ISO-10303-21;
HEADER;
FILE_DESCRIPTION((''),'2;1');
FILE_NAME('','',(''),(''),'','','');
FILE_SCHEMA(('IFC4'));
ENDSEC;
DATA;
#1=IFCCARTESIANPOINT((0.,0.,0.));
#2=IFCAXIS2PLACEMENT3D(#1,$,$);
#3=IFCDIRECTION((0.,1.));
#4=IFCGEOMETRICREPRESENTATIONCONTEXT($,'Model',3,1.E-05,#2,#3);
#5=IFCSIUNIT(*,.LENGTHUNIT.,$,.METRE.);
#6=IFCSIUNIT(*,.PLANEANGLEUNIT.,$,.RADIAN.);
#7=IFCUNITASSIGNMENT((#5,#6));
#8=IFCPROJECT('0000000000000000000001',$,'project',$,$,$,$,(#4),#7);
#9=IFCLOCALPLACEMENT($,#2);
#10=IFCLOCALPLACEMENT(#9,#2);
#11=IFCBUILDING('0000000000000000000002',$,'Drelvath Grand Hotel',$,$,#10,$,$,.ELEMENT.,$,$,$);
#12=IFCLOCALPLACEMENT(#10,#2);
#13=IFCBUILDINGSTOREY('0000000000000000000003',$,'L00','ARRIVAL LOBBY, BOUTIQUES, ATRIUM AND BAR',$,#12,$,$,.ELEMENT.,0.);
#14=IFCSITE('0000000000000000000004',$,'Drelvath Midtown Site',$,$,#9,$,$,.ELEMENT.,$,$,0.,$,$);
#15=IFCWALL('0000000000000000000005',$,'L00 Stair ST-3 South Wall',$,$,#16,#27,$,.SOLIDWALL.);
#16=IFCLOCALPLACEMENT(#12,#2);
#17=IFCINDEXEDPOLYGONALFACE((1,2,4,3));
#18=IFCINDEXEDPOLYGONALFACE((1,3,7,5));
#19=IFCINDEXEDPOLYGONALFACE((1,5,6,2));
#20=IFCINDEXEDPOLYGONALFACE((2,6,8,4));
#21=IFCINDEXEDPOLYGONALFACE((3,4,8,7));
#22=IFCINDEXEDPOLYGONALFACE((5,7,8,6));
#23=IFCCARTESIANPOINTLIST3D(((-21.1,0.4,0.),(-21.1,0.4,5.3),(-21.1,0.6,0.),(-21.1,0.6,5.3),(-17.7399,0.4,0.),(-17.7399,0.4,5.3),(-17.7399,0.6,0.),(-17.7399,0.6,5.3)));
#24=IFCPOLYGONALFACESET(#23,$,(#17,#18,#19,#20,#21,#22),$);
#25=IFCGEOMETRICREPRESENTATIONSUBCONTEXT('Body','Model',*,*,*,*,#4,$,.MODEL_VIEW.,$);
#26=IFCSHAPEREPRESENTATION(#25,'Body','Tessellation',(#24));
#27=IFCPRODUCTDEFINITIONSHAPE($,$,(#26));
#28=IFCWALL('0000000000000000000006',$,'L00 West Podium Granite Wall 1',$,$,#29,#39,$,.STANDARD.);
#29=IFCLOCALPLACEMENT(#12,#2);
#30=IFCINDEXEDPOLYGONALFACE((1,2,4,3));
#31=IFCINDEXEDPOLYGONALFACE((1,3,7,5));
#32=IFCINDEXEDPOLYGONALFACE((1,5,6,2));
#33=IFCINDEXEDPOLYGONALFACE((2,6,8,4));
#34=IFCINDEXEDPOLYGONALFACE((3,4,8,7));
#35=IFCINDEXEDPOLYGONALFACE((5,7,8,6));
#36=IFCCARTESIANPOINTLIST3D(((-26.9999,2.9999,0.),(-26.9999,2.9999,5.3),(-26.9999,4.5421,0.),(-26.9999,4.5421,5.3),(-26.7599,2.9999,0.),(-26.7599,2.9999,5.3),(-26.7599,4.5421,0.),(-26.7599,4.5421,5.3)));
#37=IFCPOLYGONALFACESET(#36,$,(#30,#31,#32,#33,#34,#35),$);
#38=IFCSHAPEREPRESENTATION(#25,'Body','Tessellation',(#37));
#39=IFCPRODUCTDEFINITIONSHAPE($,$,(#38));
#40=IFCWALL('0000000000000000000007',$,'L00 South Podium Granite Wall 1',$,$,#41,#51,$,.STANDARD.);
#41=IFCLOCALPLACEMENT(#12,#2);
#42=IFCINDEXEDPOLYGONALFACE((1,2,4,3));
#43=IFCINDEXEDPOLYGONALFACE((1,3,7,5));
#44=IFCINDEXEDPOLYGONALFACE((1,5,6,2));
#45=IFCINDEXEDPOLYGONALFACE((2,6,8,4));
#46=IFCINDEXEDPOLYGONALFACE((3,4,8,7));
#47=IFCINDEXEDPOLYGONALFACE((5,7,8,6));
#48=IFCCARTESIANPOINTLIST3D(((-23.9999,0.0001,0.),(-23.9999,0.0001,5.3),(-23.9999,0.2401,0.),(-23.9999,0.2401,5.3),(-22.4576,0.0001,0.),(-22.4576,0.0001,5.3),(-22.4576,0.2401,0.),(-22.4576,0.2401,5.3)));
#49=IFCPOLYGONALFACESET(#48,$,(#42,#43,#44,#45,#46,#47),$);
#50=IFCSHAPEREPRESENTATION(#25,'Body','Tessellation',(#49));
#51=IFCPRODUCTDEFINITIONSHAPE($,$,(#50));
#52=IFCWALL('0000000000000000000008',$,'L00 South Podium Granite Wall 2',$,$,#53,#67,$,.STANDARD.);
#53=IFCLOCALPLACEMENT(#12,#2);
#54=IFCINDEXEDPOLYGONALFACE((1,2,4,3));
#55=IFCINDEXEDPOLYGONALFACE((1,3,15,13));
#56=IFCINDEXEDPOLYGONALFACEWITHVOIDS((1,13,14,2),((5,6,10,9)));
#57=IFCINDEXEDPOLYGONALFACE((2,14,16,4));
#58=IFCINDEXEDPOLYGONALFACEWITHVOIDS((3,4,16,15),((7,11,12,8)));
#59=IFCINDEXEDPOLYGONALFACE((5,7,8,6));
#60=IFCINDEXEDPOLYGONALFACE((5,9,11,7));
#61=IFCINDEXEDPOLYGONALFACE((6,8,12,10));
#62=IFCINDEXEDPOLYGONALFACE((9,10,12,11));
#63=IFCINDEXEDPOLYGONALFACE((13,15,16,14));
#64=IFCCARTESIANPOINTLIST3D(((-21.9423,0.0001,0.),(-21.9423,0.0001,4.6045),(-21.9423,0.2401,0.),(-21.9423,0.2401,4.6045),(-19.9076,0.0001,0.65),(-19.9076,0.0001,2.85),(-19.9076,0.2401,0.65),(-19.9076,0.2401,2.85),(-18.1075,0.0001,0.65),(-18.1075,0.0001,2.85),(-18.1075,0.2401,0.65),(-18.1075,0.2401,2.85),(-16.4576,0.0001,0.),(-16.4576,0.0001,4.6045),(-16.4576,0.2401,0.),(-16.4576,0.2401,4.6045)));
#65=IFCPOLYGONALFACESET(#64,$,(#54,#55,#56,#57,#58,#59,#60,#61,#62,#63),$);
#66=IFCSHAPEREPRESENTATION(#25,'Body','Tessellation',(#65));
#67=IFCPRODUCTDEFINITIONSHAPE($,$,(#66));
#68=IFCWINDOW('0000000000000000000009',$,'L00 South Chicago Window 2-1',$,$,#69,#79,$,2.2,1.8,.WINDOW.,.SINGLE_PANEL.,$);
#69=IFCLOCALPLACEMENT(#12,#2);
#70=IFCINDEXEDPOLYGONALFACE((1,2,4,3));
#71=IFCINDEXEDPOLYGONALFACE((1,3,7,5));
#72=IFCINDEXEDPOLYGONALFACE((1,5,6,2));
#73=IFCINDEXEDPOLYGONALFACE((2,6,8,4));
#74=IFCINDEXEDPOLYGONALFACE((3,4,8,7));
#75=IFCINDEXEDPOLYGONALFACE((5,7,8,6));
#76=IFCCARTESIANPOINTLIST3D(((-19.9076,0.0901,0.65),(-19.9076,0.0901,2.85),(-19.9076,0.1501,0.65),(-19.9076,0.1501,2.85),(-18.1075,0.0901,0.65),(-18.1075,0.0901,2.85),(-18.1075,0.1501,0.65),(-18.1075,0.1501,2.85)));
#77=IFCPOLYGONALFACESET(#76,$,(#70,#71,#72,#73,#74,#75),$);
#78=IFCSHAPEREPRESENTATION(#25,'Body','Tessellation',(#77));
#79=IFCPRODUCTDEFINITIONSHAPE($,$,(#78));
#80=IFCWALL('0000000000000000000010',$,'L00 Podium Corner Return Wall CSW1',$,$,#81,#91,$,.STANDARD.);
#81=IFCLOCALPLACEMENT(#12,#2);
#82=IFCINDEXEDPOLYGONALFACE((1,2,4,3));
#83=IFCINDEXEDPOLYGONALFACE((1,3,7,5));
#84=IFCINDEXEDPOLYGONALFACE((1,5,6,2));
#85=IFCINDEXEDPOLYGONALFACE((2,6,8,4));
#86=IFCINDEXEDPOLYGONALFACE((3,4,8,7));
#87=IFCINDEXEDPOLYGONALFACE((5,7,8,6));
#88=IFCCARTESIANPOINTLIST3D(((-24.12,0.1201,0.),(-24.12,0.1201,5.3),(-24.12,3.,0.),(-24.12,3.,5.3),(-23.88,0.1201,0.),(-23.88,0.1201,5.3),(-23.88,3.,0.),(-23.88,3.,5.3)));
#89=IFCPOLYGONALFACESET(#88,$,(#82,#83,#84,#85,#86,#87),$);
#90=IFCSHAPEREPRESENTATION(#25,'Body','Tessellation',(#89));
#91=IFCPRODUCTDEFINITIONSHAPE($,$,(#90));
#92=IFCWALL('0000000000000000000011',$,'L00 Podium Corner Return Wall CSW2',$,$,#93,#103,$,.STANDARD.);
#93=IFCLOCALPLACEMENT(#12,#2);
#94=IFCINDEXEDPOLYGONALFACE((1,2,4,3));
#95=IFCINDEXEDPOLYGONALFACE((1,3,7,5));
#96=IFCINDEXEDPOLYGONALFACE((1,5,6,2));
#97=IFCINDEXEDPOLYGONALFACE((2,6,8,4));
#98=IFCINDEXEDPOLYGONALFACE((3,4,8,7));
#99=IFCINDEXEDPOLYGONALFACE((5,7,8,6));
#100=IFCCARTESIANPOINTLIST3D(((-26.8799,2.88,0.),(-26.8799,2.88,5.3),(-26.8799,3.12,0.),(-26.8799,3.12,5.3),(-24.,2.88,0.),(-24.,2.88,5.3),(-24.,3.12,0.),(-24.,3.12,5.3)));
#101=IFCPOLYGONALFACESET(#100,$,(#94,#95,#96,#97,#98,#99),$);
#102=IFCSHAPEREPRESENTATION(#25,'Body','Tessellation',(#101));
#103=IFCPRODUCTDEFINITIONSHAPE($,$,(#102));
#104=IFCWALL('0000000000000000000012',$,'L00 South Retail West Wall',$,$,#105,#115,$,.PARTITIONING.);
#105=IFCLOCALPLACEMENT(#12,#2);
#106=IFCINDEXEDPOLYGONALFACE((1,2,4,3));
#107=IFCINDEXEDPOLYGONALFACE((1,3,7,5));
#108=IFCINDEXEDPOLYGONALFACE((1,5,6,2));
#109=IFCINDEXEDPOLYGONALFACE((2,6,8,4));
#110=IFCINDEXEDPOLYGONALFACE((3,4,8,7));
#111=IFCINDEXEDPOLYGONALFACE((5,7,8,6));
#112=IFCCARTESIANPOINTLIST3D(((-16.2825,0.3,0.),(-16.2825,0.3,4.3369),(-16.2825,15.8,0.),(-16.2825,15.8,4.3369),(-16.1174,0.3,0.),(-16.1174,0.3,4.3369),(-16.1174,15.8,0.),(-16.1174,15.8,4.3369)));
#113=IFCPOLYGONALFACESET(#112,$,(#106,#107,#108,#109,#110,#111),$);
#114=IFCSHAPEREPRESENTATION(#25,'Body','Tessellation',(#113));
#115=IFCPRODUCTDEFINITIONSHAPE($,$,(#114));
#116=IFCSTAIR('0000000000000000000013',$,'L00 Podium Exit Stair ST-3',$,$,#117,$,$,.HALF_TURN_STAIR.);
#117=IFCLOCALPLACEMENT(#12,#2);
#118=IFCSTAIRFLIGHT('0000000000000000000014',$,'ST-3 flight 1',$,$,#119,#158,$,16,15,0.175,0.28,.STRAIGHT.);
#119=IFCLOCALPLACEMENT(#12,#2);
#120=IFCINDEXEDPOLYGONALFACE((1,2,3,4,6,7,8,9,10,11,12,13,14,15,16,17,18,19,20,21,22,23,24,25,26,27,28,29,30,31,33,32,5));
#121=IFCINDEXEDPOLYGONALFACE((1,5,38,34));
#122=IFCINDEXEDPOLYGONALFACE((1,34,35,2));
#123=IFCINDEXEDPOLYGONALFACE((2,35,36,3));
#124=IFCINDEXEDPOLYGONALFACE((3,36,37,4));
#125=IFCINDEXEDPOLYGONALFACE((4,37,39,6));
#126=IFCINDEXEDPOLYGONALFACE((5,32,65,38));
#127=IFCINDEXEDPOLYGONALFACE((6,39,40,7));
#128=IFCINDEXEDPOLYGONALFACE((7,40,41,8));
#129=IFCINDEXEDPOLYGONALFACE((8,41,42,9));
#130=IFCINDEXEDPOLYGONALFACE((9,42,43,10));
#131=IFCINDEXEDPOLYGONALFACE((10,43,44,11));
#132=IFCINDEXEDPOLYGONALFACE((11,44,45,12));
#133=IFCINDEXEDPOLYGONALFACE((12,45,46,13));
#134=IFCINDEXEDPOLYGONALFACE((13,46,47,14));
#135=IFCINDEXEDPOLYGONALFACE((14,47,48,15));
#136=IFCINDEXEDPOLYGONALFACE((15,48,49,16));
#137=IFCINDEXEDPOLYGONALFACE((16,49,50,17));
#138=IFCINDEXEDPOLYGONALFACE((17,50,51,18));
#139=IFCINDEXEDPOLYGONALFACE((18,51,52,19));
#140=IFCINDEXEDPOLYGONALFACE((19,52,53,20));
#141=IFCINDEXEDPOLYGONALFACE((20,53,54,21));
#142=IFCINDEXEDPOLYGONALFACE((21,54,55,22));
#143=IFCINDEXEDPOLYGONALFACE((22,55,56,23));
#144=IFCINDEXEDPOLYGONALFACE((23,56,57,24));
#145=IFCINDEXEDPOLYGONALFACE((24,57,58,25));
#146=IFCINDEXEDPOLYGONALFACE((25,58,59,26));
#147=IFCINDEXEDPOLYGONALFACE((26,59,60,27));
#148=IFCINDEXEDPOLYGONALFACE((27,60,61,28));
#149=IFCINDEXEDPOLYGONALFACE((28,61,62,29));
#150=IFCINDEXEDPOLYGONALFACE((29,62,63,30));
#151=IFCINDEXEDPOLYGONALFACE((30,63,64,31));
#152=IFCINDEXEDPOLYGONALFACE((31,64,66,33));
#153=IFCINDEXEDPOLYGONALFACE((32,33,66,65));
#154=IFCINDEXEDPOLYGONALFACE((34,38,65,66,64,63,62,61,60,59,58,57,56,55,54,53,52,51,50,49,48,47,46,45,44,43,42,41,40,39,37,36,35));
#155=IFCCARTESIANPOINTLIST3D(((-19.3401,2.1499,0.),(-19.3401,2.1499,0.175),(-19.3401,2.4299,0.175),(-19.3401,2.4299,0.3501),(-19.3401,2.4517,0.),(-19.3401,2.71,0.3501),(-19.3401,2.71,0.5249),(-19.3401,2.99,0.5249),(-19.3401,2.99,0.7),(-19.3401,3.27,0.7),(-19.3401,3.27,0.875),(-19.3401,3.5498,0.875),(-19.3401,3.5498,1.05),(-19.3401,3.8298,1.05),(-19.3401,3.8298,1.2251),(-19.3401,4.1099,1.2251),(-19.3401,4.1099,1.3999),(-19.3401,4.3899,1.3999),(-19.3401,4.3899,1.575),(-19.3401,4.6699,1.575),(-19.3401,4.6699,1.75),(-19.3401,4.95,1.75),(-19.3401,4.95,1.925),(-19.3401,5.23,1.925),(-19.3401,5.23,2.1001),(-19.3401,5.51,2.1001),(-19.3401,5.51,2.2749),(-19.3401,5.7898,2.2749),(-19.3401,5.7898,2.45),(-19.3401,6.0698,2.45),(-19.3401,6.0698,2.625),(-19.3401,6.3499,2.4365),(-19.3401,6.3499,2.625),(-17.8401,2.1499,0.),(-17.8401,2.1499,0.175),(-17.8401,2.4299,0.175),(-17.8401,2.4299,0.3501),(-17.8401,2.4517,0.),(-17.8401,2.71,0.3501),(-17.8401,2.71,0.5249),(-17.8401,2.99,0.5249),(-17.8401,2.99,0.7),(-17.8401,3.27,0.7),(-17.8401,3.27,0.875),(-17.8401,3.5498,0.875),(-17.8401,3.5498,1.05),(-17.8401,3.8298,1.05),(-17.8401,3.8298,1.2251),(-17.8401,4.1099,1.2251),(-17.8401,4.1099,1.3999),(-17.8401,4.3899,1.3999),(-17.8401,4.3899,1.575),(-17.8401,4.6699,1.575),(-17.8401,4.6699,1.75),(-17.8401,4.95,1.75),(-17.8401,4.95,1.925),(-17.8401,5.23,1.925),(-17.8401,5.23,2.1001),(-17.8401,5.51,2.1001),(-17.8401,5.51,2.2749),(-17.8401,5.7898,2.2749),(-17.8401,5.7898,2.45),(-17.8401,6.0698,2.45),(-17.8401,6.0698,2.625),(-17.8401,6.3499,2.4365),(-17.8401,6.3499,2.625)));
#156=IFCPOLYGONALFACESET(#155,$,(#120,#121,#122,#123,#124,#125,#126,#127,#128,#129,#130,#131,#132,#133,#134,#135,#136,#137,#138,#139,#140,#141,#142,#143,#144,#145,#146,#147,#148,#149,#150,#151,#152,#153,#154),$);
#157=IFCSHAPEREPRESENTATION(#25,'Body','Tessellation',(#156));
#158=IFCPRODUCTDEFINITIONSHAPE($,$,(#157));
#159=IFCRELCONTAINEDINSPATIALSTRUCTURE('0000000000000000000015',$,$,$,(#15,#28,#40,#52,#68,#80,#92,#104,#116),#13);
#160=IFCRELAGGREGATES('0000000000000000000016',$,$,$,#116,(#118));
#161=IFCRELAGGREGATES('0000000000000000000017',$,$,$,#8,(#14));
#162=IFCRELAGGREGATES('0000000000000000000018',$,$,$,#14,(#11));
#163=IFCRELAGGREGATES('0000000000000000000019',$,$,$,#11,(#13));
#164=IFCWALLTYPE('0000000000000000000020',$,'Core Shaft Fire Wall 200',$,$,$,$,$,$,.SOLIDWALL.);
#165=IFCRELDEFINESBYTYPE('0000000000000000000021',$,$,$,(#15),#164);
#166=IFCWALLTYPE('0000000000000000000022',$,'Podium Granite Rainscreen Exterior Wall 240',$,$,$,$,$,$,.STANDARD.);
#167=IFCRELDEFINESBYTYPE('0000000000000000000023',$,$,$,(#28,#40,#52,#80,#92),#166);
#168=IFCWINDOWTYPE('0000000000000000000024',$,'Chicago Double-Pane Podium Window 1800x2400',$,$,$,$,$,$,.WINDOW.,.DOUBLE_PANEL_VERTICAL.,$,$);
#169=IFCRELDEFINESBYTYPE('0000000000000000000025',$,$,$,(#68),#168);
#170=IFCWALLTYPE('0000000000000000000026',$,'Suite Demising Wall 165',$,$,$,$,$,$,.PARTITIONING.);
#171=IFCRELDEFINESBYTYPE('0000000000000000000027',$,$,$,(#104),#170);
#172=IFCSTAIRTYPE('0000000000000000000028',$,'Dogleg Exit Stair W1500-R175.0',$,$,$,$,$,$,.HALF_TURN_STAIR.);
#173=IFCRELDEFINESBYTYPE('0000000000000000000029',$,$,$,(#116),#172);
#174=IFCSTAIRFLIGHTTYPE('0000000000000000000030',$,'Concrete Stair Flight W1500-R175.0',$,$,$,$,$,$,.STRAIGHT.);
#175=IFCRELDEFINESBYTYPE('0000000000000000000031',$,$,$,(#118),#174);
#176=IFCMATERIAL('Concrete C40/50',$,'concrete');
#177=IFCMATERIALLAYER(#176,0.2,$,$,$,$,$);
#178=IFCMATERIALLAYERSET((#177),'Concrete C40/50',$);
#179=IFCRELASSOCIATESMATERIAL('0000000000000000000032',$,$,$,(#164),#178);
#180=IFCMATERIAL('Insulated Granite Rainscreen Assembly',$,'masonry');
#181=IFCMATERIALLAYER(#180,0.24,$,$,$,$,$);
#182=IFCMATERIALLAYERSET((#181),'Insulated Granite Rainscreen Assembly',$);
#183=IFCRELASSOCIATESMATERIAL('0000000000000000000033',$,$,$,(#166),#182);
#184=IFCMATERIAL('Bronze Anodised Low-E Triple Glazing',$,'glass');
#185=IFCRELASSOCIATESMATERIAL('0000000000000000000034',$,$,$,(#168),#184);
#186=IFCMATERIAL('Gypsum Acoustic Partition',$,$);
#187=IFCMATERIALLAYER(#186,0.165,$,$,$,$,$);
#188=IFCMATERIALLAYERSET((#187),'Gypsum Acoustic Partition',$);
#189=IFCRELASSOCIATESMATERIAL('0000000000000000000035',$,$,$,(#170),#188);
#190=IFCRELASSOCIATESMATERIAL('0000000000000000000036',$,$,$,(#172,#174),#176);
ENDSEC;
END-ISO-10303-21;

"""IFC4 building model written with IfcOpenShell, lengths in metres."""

from ifc_helpers import new_model, si_unit, direction, frame, frame_2d, origin, place, context, subcontext, project, spatial, polyline, rectangle, outline, extrude, material, layer, layer_set, type_object, element, fill, aggregate, save


model = new_model("IFC4")

# Units and contexts
model_context = context("Model", 3, precision=1e-05, world=origin(), true_north=direction((0.0, 1.0)))
body_context = subcontext(model_context, "Body", "Model", "MODEL_VIEW")
ifc_project = project(units=[si_unit("LENGTHUNIT", "METRE"), si_unit("PLANEANGLEUNIT", "RADIAN")], contexts=[model_context])

# Site, building, storey
site_placement = place(None, origin())
site = spatial("IfcSite", under=ifc_project, at=site_placement, Name="Drelvath Midtown Site", CompositionType="ELEMENT", RefElevation=0.0)
building_placement = place(site_placement, origin())
building = spatial("IfcBuilding", under=site, at=building_placement, Name="Drelvath Grand Hotel", CompositionType="ELEMENT")
storey_placement = place(building_placement, origin())
storey = spatial("IfcBuildingStorey", under=building, at=storey_placement, Name="L00", Description="ARRIVAL LOBBY, BOUTIQUES, ATRIUM AND BAR", CompositionType="ELEMENT", Elevation=0.0)

# Shared definitions
ifc_material_1 = material(Name="Concrete C40/50", Category="concrete")
ifc_layer_1 = layer(ifc_material_1, 0.2)
ifc_layer_set_1 = layer_set([ifc_layer_1], Name="Concrete C40/50")
wall_type_1 = type_object("IfcWallType", Name="Core Shaft Fire Wall 200", PredefinedType="SOLIDWALL", material=ifc_layer_set_1)

# Walls
wall_1_placement = place(storey_placement, frame((-21.1001, 0.5, 0.0), z_axis=(0.0, 0.0, 1.0), x_axis=(1.0, 0.0, 0.0)))
element("IfcWall", 1, at=wall_1_placement, inside=storey, type_object=wall_type_1, Name="L00 Stair ST-3 South Wall", PredefinedType="SOLIDWALL", context=body_context, shape_type="SweptSolid", body=[
    extrude(rectangle(XDim=3.3601, YDim=0.2, at=frame_2d((1.6802, 0.0))), origin(), (0.0, 0.0, 1.0), 5.3),
])
ifc_material_2 = material(Name="Insulated Granite Rainscreen Assembly", Category="masonry")
ifc_layer_2 = layer(ifc_material_2, 0.24)
ifc_layer_set_2 = layer_set([ifc_layer_2], Name="Insulated Granite Rainscreen Assembly")
wall_type_2 = type_object("IfcWallType", Name="Podium Granite Rainscreen Exterior Wall 240", PredefinedType="STANDARD", material=ifc_layer_set_2)
for number, where, z_axis, x_axis, name in (
    (2, (-26.8799, 3.0, 0.0), (0.0, 0.0, 1.0), (0.0, 1.0, 0.0), "L00 West Podium Granite Wall 1"),
    (3, (-22.4578, 0.1201, 0.0), (0.0, 0.0, 1.0), (-1.0, 0.0, 0.0), "L00 South Podium Granite Wall 1"),
):
    element("IfcWall", number, at=place(storey_placement, frame(where, z_axis=z_axis, x_axis=x_axis)), inside=storey, type_object=wall_type_2, Name=name, PredefinedType="STANDARD", context=body_context, shape_type="SweptSolid", body=[
        extrude(rectangle(XDim=1.5422, YDim=0.24, at=frame_2d((0.771, 0.0))), origin(), (0.0, 0.0, 1.0), 5.3),
    ])

# Wall, opening, window
wall_2_placement = place(storey_placement, frame((-16.4578, 0.1201, 0.0), z_axis=(0.0, 0.0, 1.0), x_axis=(-1.0, 0.0, 0.0)))
wall_2 = element("IfcWall", 4, at=wall_2_placement, inside=storey, type_object=wall_type_2, Name="L00 South Podium Granite Wall 2", PredefinedType="STANDARD", context=body_context, shape_type="SweptSolid", body=[
    extrude(rectangle(XDim=5.4846, YDim=0.24, at=frame_2d((2.7422, 0.0))), origin(), (0.0, 0.0, 1.0), 4.6045),
])
opening_1_placement = place(wall_2_placement, frame((1.6499, 0.0, 0.6499)))
opening_1 = element("IfcOpeningElement", 5, at=opening_1_placement, cuts=wall_2, PredefinedType="OPENING", context=body_context, shape_type="SweptSolid", body=[
    extrude(rectangle(XDim=1.8, YDim=2.2, at=frame_2d((0.8999, 1.1001))), frame((0.0, 0.1299, 0.0), z_axis=(0.0, -1.0, 0.0), x_axis=(1.0, 0.0, 0.0)), (0.0, 0.0, 1.0), 0.26),
])
ifc_material_3 = material(Name="Bronze Anodised Low-E Triple Glazing", Category="glass")
window_type = type_object("IfcWindowType", Name="Chicago Double-Pane Podium Window 1800x2400", PartitioningType="DOUBLE_PANEL_VERTICAL", PredefinedType="WINDOW", material=ifc_material_3)
window_placement = place(opening_1_placement, origin())
window = element("IfcWindow", 6, at=window_placement, inside=storey, type_object=window_type, Name="L00 South Chicago Window 2-1", OverallHeight=2.2, OverallWidth=1.8, PartitioningType="SINGLE_PANEL", PredefinedType="WINDOW", context=body_context, shape_type="SweptSolid", body=[
    extrude(rectangle(XDim=1.8, YDim=2.2, at=frame_2d((0.8999, 1.1001))), frame((0.0, 0.03, 0.0), z_axis=(0.0, -1.0, 0.0), x_axis=(1.0, 0.0, 0.0)), (0.0, 0.0, 1.0), 0.0601),
])
fill(opening_1, window)

# Walls
for number, where, z_axis, x_axis, name in (
    (7, (-24.0, 0.1201, 0.0), (0.0, 0.0, 1.0), (0.0, 1.0, 0.0), "L00 Podium Corner Return Wall CSW1"),
    (8, (-24.0, 3.0, 0.0), (0.0, 0.0, 1.0), (-1.0, 0.0, 0.0), "L00 Podium Corner Return Wall CSW2"),
):
    element("IfcWall", number, at=place(storey_placement, frame(where, z_axis=z_axis, x_axis=x_axis)), inside=storey, type_object=wall_type_2, Name=name, PredefinedType="STANDARD", context=body_context, shape_type="SweptSolid", body=[
        extrude(rectangle(XDim=2.8799, YDim=0.24, at=frame_2d((1.4399, 0.0))), origin(), (0.0, 0.0, 1.0), 5.3),
    ])
ifc_material_4 = material(Name="Gypsum Acoustic Partition")
ifc_layer_3 = layer(ifc_material_4, 0.165)
ifc_layer_set_3 = layer_set([ifc_layer_3], Name="Gypsum Acoustic Partition")
wall_type_3 = type_object("IfcWallType", Name="Suite Demising Wall 165", PredefinedType="PARTITIONING", material=ifc_layer_set_3)
wall_3_placement = place(storey_placement, frame((-16.2, 0.3, 0.0), z_axis=(0.0, 0.0, 1.0), x_axis=(0.0, 1.0, 0.0)))
element("IfcWall", 9, at=wall_3_placement, inside=storey, type_object=wall_type_3, Name="L00 South Retail West Wall", PredefinedType="PARTITIONING", context=body_context, shape_type="SweptSolid", body=[
    extrude(rectangle(XDim=15.5, YDim=0.165, at=frame_2d((7.75, 0.0))), origin(), (0.0, 0.0, 1.0), 4.3369),
])

# Stair, stair flight
stair_type = type_object("IfcStairType", Name="Dogleg Exit Stair W1500-R175.0", PredefinedType="HALF_TURN_STAIR", material=ifc_material_1)
stair_placement = place(storey_placement, origin())
stair = element("IfcStair", 10, at=stair_placement, inside=storey, type_object=stair_type, Name="L00 Podium Exit Stair ST-3", PredefinedType="HALF_TURN_STAIR")
stair_flight_type = type_object("IfcStairFlightType", Name="Concrete Stair Flight W1500-R175.0", PredefinedType="STRAIGHT", material=ifc_material_1)
stair_flight_placement = place(storey_placement, frame((-18.5901, 2.1499, 0.0), z_axis=(0.0, 0.0, 1.0), x_axis=(0.0, 1.0, 0.0)))
stair_flight = element("IfcStairFlight", 11, at=stair_flight_placement, type_object=stair_flight_type, Name="ST-3 flight 1", NumberOfRisers=16, NumberOfTreads=15, PredefinedType="STRAIGHT", RiserHeight=0.175, TreadLength=0.28, context=body_context, shape_type="SweptSolid", body=[
    extrude(outline(polyline([(0.0, 0.0), (0.0, 0.175), (0.28, 0.175), (0.28, 0.3501), (0.5601, 0.3501), (0.5601, 0.5249), (0.8401, 0.5249), (0.8401, 0.7), (1.1201, 0.7), (1.1201, 0.875), (1.3999, 0.875), (1.3999, 1.05), (1.6799, 1.05), (1.6799, 1.2251), (1.96, 1.2251), (1.96, 1.3999), (2.24, 1.3999), (2.24, 1.575), (2.52, 1.575), (2.52, 1.75), (2.8, 1.75), (2.8, 1.925), (3.0801, 1.925), (3.0801, 2.1001), (3.3601, 2.1001), (3.3601, 2.2749), (3.6399, 2.2749), (3.6399, 2.45), (3.9199, 2.45), (3.9199, 2.625), (4.2, 2.625), (4.2, 2.8), (4.2, 2.4365), (0.3018, 0.0), (0.0, 0.0)])), frame((0.0, 0.75, 0.0), z_axis=(0.0, -1.0, 0.0), x_axis=(1.0, 0.0, 0.0)), (0.0, 0.0, 1.0), 1.5),
])
aggregate(stair, [stair_flight])

save(model, "model.ifc")
